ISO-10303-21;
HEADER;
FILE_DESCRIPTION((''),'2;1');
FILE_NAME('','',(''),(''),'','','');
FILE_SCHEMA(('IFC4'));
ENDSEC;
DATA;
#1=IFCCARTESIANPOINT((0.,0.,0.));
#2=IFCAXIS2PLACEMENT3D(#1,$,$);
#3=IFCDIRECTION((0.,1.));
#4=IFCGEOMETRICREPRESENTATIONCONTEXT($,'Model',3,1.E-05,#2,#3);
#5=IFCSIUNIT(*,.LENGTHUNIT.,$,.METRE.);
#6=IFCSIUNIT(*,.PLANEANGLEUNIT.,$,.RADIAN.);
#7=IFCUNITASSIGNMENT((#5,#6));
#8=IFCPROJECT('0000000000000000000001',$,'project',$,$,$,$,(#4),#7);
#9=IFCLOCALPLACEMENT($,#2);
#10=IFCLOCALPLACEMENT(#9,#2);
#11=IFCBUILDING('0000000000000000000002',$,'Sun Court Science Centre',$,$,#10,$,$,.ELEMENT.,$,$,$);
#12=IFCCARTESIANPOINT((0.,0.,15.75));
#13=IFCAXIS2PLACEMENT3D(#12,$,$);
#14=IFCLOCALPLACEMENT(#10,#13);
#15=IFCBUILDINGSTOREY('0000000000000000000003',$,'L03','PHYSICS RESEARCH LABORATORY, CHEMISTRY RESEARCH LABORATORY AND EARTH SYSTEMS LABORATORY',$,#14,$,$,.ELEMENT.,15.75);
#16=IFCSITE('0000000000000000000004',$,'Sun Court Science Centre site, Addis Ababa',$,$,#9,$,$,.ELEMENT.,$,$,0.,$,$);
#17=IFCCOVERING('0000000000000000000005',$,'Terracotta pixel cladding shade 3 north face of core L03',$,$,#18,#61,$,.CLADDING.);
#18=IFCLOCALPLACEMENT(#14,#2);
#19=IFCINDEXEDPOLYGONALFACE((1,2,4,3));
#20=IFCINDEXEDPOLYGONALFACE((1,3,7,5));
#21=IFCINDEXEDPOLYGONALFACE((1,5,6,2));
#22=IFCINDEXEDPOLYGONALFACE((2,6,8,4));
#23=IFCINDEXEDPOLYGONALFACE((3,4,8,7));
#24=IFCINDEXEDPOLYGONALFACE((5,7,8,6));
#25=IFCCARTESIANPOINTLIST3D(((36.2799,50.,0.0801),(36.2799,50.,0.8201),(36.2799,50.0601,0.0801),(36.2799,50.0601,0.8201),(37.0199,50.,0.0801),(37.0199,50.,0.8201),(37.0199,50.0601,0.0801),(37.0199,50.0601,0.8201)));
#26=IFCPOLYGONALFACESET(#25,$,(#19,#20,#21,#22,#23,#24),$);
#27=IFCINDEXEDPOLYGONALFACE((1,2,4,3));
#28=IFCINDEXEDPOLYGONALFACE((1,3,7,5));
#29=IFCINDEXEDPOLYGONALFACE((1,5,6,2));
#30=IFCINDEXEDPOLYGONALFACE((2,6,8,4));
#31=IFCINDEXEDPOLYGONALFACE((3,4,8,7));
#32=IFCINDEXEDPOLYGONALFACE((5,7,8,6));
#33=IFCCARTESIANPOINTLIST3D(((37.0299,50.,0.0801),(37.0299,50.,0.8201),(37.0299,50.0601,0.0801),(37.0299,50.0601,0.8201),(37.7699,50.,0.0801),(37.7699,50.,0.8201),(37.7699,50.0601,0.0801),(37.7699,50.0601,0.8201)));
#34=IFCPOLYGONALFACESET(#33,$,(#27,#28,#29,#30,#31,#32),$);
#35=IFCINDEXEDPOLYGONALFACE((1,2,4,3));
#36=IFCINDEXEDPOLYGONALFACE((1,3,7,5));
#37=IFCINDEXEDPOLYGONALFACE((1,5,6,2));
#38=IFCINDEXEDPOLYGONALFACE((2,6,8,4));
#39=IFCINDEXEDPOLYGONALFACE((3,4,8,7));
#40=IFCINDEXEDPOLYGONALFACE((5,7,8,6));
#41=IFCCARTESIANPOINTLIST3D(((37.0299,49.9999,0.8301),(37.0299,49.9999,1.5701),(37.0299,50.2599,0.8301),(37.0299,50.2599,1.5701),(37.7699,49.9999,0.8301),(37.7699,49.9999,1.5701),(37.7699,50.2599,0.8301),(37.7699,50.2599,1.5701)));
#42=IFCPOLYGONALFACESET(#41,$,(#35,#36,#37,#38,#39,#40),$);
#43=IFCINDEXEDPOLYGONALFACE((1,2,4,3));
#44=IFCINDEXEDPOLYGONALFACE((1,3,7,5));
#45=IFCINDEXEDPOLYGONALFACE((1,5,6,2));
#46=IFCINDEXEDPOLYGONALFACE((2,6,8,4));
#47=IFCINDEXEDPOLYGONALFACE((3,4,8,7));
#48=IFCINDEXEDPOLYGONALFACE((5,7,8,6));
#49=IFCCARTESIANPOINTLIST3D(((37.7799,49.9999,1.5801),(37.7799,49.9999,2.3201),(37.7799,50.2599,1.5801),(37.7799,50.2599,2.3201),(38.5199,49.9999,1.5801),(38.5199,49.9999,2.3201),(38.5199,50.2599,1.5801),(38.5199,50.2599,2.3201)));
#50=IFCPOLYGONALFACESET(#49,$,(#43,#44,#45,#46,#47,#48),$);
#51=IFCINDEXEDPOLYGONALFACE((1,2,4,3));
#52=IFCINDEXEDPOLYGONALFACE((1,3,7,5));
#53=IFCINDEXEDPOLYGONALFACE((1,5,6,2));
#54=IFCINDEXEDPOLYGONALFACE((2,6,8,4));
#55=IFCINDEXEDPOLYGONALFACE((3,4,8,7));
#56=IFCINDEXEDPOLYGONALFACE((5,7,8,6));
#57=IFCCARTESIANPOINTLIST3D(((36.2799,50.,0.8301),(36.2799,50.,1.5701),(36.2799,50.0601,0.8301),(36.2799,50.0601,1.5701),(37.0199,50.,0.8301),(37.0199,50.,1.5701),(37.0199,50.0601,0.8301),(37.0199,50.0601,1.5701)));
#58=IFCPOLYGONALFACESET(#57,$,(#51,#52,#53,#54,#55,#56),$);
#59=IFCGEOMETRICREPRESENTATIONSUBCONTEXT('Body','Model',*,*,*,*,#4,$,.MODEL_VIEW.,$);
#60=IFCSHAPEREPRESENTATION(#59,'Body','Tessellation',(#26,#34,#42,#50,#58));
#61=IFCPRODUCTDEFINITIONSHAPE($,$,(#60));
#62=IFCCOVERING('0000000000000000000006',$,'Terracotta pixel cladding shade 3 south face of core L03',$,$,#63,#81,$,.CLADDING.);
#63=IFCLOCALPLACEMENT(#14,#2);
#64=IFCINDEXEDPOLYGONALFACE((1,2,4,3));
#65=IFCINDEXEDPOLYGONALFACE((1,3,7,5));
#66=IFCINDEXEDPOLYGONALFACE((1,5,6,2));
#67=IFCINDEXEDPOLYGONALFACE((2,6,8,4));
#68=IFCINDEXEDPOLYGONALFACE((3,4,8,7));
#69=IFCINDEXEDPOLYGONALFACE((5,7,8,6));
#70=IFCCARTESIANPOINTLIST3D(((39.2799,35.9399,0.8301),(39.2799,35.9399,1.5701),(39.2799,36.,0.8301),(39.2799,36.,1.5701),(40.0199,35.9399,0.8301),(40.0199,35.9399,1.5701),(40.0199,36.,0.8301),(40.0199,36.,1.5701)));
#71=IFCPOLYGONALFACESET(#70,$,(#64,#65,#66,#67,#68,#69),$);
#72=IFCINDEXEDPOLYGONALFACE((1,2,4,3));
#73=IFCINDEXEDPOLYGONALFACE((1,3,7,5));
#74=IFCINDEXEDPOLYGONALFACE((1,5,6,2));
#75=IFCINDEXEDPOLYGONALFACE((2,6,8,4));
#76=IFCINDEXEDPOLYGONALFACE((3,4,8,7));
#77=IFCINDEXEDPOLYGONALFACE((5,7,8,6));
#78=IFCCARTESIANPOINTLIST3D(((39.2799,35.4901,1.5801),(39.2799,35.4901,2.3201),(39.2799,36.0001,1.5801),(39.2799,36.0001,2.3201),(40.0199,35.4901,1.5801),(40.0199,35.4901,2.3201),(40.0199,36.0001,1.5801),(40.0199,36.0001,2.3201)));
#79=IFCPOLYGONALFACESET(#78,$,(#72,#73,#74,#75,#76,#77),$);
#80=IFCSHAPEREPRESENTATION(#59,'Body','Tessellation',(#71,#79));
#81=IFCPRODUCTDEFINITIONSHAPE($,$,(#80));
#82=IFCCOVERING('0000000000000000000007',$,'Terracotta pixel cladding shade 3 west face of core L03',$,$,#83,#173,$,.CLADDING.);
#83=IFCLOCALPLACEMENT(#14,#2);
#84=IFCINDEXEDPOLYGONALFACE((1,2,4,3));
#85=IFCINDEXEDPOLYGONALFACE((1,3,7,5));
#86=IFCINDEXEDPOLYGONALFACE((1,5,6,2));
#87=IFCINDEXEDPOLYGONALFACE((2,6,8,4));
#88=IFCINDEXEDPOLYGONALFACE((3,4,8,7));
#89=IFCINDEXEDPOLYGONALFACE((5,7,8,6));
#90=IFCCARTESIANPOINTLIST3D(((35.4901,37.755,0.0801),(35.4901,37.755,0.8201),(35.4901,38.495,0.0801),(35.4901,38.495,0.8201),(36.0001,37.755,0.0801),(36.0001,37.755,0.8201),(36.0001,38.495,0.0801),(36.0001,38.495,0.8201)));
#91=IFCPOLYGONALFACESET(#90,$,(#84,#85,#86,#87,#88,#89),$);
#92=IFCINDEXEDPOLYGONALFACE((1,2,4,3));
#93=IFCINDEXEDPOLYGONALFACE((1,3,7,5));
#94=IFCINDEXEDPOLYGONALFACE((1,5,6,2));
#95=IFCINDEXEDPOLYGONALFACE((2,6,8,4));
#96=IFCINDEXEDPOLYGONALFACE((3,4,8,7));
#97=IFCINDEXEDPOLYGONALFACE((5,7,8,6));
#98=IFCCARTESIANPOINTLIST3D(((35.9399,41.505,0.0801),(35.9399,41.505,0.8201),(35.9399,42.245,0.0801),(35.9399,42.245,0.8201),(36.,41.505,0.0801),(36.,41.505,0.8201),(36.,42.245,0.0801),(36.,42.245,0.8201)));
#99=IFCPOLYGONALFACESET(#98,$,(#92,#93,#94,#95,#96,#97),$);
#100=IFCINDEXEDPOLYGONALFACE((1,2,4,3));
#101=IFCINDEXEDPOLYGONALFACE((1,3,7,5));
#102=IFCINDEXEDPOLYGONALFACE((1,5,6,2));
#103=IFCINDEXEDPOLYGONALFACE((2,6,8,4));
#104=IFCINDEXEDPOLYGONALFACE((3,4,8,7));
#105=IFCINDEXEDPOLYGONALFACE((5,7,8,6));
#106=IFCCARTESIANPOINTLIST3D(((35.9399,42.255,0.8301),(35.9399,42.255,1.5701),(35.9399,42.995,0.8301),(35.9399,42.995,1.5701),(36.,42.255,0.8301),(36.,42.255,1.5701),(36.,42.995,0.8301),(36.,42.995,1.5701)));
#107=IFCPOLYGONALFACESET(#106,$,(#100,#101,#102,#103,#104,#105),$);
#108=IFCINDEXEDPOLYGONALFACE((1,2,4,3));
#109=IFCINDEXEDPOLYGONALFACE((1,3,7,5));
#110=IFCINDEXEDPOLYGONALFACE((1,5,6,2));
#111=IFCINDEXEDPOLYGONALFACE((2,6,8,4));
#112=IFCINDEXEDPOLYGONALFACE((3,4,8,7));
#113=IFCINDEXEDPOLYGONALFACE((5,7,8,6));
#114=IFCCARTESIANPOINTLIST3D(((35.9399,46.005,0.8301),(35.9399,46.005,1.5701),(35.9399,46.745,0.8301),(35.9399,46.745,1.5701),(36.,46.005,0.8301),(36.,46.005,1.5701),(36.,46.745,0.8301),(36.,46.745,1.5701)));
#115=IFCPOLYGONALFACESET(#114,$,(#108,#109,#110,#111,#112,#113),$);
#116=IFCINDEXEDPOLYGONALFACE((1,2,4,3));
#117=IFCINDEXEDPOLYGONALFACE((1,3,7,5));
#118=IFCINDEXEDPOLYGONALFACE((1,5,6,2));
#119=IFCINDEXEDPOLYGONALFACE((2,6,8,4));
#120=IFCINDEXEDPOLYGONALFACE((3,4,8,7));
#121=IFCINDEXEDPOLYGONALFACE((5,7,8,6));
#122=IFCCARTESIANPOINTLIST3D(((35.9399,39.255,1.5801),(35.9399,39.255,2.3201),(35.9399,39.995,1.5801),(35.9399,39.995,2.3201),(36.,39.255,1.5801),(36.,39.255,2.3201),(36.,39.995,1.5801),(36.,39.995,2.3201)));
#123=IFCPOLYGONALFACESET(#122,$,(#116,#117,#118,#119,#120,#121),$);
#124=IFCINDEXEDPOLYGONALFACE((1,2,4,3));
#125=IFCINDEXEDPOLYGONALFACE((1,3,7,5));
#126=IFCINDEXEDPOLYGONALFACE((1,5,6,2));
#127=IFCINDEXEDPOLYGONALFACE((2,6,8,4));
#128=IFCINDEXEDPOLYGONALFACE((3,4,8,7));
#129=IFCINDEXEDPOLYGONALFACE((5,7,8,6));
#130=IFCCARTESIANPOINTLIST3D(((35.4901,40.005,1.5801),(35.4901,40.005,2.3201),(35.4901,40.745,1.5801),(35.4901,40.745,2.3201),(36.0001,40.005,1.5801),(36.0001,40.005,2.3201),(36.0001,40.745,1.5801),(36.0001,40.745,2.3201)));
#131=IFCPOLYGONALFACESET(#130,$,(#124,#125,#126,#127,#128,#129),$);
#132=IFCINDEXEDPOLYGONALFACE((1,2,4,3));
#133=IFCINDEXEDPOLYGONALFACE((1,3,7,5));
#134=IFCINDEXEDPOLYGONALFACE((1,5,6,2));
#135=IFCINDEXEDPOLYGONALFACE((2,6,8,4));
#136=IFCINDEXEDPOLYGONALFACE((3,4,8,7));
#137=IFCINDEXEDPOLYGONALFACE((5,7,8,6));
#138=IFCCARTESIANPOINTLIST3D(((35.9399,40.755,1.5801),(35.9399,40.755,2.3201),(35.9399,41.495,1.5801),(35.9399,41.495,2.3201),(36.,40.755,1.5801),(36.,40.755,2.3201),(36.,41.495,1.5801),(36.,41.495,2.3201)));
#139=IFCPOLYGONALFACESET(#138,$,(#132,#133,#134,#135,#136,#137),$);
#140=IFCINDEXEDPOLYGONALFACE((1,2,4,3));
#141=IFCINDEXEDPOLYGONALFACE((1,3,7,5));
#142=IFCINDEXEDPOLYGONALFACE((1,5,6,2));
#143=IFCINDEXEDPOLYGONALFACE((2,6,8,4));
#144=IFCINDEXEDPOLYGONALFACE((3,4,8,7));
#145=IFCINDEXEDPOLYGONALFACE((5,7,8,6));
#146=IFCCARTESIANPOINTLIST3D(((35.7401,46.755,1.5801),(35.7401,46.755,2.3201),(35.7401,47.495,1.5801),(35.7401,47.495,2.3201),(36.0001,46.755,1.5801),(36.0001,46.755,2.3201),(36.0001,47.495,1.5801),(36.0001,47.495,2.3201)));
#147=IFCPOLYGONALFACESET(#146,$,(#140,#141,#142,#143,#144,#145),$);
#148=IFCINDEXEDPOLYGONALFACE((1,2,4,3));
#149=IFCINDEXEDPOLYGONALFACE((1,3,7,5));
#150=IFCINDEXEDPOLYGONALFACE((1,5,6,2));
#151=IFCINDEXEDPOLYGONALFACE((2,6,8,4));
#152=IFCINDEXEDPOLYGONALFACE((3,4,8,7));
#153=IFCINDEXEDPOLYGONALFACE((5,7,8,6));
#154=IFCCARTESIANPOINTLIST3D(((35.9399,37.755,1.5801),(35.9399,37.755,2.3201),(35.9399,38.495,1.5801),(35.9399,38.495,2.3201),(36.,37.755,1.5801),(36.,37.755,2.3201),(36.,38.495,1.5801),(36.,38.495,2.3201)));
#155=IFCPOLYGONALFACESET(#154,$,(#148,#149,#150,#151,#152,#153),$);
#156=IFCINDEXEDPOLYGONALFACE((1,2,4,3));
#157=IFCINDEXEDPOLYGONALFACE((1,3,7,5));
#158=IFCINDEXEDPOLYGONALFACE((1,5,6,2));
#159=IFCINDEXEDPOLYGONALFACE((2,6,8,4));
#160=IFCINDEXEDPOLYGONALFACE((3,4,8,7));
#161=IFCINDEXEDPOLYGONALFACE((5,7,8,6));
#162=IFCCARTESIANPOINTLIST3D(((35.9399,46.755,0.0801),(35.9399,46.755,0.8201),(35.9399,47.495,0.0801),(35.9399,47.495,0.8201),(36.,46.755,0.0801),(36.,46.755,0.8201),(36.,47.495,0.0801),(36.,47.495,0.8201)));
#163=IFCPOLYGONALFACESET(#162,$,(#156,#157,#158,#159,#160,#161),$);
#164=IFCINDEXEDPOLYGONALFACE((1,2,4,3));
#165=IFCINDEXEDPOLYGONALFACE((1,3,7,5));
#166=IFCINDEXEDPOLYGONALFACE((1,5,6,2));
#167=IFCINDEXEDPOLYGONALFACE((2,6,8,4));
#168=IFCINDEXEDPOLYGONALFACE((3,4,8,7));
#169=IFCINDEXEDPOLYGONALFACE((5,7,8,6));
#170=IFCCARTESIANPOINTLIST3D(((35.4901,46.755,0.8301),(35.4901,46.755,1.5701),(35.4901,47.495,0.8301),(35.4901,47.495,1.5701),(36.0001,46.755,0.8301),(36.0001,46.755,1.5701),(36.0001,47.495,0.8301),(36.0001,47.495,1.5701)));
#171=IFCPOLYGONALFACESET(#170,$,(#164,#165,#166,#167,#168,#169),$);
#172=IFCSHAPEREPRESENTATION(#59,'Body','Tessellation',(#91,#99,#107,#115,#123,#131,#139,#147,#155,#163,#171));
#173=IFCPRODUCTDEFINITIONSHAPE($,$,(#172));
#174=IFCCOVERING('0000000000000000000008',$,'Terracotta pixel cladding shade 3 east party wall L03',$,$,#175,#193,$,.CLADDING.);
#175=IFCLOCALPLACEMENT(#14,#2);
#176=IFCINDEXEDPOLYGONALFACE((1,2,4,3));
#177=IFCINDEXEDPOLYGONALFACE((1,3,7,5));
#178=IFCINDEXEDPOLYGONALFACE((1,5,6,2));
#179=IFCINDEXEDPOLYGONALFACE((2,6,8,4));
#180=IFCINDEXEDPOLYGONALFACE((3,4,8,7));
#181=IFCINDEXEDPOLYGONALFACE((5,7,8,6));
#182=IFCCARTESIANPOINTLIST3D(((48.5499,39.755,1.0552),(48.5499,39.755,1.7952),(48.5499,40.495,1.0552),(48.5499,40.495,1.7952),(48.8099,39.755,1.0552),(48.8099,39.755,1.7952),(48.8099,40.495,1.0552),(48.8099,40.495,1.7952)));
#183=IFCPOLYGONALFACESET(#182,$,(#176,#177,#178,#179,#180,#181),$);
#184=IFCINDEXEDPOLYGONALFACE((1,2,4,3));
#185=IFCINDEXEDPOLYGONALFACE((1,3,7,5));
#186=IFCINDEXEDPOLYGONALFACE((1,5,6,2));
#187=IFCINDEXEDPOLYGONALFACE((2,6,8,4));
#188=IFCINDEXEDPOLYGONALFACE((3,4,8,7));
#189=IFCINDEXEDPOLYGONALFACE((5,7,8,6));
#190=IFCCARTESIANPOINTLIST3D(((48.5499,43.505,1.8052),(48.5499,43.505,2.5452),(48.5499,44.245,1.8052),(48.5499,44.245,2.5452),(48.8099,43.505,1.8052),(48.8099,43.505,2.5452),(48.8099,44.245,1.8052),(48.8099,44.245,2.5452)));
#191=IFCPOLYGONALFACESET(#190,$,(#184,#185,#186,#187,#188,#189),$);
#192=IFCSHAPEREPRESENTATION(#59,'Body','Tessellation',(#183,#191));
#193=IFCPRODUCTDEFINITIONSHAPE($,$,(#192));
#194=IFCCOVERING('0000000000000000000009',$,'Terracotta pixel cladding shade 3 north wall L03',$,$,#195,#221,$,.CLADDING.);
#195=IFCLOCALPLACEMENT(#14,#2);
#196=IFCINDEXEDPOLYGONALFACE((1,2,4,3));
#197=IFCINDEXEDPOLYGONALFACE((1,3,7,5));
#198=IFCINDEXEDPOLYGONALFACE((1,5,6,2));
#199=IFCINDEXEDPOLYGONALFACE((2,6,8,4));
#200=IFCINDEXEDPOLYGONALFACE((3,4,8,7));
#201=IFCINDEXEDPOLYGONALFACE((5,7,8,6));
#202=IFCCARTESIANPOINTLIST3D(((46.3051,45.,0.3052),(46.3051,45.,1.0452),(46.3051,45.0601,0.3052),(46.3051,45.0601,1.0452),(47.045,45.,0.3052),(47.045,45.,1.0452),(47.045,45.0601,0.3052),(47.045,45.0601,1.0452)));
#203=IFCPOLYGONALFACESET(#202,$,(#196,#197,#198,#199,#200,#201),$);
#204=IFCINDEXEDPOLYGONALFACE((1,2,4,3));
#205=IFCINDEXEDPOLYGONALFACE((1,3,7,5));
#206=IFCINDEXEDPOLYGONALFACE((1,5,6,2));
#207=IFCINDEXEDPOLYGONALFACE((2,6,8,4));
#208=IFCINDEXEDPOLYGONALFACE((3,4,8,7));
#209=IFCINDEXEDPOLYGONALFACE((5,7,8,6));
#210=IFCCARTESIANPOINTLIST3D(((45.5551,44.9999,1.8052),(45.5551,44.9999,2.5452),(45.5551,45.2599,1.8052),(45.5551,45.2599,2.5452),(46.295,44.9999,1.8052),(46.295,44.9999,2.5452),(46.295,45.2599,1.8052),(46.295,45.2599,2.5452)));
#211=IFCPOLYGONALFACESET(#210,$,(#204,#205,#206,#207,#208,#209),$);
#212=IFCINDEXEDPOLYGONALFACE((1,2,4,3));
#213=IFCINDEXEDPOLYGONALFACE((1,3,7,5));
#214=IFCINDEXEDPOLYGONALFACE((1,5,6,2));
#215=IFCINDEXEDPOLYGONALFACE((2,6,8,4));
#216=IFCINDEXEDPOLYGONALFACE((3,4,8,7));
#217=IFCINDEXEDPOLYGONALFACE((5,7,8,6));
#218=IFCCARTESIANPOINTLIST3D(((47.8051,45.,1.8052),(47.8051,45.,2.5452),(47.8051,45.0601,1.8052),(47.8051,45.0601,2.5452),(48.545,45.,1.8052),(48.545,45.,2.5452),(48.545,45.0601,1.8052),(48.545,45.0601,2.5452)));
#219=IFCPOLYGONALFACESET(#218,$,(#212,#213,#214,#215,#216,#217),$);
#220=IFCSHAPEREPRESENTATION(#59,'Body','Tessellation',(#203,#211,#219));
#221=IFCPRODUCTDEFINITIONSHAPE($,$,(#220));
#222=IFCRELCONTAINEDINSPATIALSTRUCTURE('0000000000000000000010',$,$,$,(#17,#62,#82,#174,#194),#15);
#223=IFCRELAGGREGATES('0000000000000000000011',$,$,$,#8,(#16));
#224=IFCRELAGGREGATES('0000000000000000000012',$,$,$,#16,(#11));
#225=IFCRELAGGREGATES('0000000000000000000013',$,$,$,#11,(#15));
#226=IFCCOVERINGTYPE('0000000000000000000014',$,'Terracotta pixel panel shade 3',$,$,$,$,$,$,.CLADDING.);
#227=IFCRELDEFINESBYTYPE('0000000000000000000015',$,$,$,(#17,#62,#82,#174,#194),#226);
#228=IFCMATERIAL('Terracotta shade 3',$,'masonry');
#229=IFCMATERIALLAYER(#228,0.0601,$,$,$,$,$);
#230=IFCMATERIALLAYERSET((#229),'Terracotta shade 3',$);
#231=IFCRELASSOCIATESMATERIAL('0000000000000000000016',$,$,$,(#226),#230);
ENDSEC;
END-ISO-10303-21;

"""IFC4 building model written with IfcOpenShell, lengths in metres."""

from ifc_helpers import new_model, si_unit, direction, frame, origin, origin_2d, place, context, subcontext, project, spatial, rectangle, extrude, material, layer, layer_set, type_object, element, save


model = new_model("IFC4")

# Units and contexts
model_context = context("Model", 3, precision=1e-05, world=origin(), true_north=direction((0.0, 1.0)))
body_context = subcontext(model_context, "Body", "Model", "MODEL_VIEW")
ifc_project = project(units=[si_unit("LENGTHUNIT", "METRE"), si_unit("PLANEANGLEUNIT", "RADIAN")], contexts=[model_context])

# Site, building, storey
site_placement = place(None, origin())
site = spatial("IfcSite", under=ifc_project, at=site_placement, Name="Sun Court Science Centre site, Addis Ababa", CompositionType="ELEMENT", RefElevation=0.0)
building_placement = place(site_placement, origin())
building = spatial("IfcBuilding", under=site, at=building_placement, Name="Sun Court Science Centre", CompositionType="ELEMENT")
storey_placement = place(building_placement, frame((0.0, 0.0, 15.75)))
storey = spatial("IfcBuildingStorey", under=building, at=storey_placement, Name="L03", Description="PHYSICS RESEARCH LABORATORY, CHEMISTRY RESEARCH LABORATORY AND EARTH SYSTEMS LABORATORY", CompositionType="ELEMENT", Elevation=15.75)

# Coverings
ifc_material_1 = material(Name="Terracotta shade 3", Category="masonry")
ifc_layer_1 = layer(ifc_material_1, 0.0601)
ifc_layer_set_1 = layer_set([ifc_layer_1], Name="Terracotta shade 3")
covering_type_1 = type_object("IfcCoveringType", Name="Terracotta pixel panel shade 3", PredefinedType="CLADDING", material=ifc_layer_set_1)
covering_1_placement = place(storey_placement, frame((0.0, 0.0, -15.75)))
element("IfcCovering", 1, at=covering_1_placement, inside=storey, type_object=covering_type_1, Name="Terracotta pixel cladding shade 3 north face of core L03", PredefinedType="CLADDING", context=body_context, shape_type="SweptSolid", body=[
    extrude(rectangle(XDim=0.74, YDim=0.0601, at=origin_2d()), frame((36.6499, 50.03, 15.8301), z_axis=(0.0, 0.0, 1.0), x_axis=(1.0, 0.0, 0.0)), (0.0, 0.0, 1.0), 0.74),
    extrude(rectangle(XDim=0.74, YDim=0.0601, at=origin_2d()), frame((37.3999, 50.03, 15.8301), z_axis=(0.0, 0.0, 1.0), x_axis=(1.0, 0.0, 0.0)), (0.0, 0.0, 1.0), 0.74),
    extrude(rectangle(XDim=0.74, YDim=0.26, at=origin_2d()), frame((37.3999, 50.1299, 16.5801), z_axis=(0.0, 0.0, 1.0), x_axis=(1.0, 0.0, 0.0)), (0.0, 0.0, 1.0), 0.74),
    extrude(rectangle(XDim=0.74, YDim=0.26, at=origin_2d()), frame((38.1499, 50.1299, 17.3301), z_axis=(0.0, 0.0, 1.0), x_axis=(1.0, 0.0, 0.0)), (0.0, 0.0, 1.0), 0.74),
    extrude(rectangle(XDim=0.74, YDim=0.0601, at=origin_2d()), frame((36.6499, 50.03, 16.5801), z_axis=(0.0, 0.0, 1.0), x_axis=(1.0, 0.0, 0.0)), (0.0, 0.0, 1.0), 0.74),
])
covering_2_placement = place(storey_placement, frame((0.0, 0.0, -15.75)))
element("IfcCovering", 2, at=covering_2_placement, inside=storey, type_object=covering_type_1, Name="Terracotta pixel cladding shade 3 south face of core L03", PredefinedType="CLADDING", context=body_context, shape_type="SweptSolid", body=[
    extrude(rectangle(XDim=0.74, YDim=0.0601, at=origin_2d()), frame((39.6499, 35.97, 16.5801), z_axis=(0.0, 0.0, 1.0), x_axis=(-1.0, 0.0, 0.0)), (0.0, 0.0, 1.0), 0.74),
    extrude(rectangle(XDim=0.74, YDim=0.51, at=origin_2d()), frame((39.6499, 35.7451, 17.3301), z_axis=(0.0, 0.0, 1.0), x_axis=(-1.0, 0.0, 0.0)), (0.0, 0.0, 1.0), 0.74),
])
covering_3_placement = place(storey_placement, frame((0.0, 0.0, -15.75)))
element("IfcCovering", 3, at=covering_3_placement, inside=storey, type_object=covering_type_1, Name="Terracotta pixel cladding shade 3 west face of core L03", PredefinedType="CLADDING", context=body_context, shape_type="SweptSolid", body=[
    extrude(rectangle(XDim=0.74, YDim=0.51, at=origin_2d()), frame((35.7451, 38.125, 15.8301), z_axis=(0.0, 0.0, 1.0), x_axis=(0.0, 1.0, 0.0)), (0.0, 0.0, 1.0), 0.74),
    extrude(rectangle(XDim=0.74, YDim=0.0601, at=origin_2d()), frame((35.97, 41.875, 15.8301), z_axis=(0.0, 0.0, 1.0), x_axis=(0.0, 1.0, 0.0)), (0.0, 0.0, 1.0), 0.74),
    extrude(rectangle(XDim=0.74, YDim=0.0601, at=origin_2d()), frame((35.97, 42.625, 16.5801), z_axis=(0.0, 0.0, 1.0), x_axis=(0.0, 1.0, 0.0)), (0.0, 0.0, 1.0), 0.74),
    extrude(rectangle(XDim=0.74, YDim=0.0601, at=origin_2d()), frame((35.97, 46.375, 16.5801), z_axis=(0.0, 0.0, 1.0), x_axis=(0.0, 1.0, 0.0)), (0.0, 0.0, 1.0), 0.74),
    extrude(rectangle(XDim=0.74, YDim=0.0601, at=origin_2d()), frame((35.97, 39.625, 17.3301), z_axis=(0.0, 0.0, 1.0), x_axis=(0.0, 1.0, 0.0)), (0.0, 0.0, 1.0), 0.74),
    extrude(rectangle(XDim=0.74, YDim=0.51, at=origin_2d()), frame((35.7451, 40.375, 17.3301), z_axis=(0.0, 0.0, 1.0), x_axis=(0.0, 1.0, 0.0)), (0.0, 0.0, 1.0), 0.74),
    extrude(rectangle(XDim=0.74, YDim=0.0601, at=origin_2d()), frame((35.97, 41.125, 17.3301), z_axis=(0.0, 0.0, 1.0), x_axis=(0.0, 1.0, 0.0)), (0.0, 0.0, 1.0), 0.74),
    extrude(rectangle(XDim=0.74, YDim=0.26, at=origin_2d()), frame((35.8701, 47.125, 17.3301), z_axis=(0.0, 0.0, 1.0), x_axis=(0.0, 1.0, 0.0)), (0.0, 0.0, 1.0), 0.74),
    extrude(rectangle(XDim=0.74, YDim=0.0601, at=origin_2d()), frame((35.97, 38.125, 17.3301), z_axis=(0.0, 0.0, 1.0), x_axis=(0.0, 1.0, 0.0)), (0.0, 0.0, 1.0), 0.74),
    extrude(rectangle(XDim=0.74, YDim=0.0601, at=origin_2d()), frame((35.97, 47.125, 15.8301), z_axis=(0.0, 0.0, 1.0), x_axis=(0.0, 1.0, 0.0)), (0.0, 0.0, 1.0), 0.74),
    extrude(rectangle(XDim=0.74, YDim=0.51, at=origin_2d()), frame((35.7451, 47.125, 16.5801), z_axis=(0.0, 0.0, 1.0), x_axis=(0.0, 1.0, 0.0)), (0.0, 0.0, 1.0), 0.74),
])
covering_4_placement = place(storey_placement, frame((0.0, 0.0, -15.75)))
element("IfcCovering", 4, at=covering_4_placement, inside=storey, type_object=covering_type_1, Name="Terracotta pixel cladding shade 3 east party wall L03", PredefinedType="CLADDING", context=body_context, shape_type="SweptSolid", body=[
    extrude(rectangle(XDim=0.74, YDim=0.26, at=origin_2d()), frame((48.6799, 40.125, 16.8052), z_axis=(0.0, 0.0, 1.0), x_axis=(0.0, -1.0, 0.0)), (0.0, 0.0, 1.0), 0.74),
    extrude(rectangle(XDim=0.74, YDim=0.26, at=origin_2d()), frame((48.6799, 43.875, 17.5552), z_axis=(0.0, 0.0, 1.0), x_axis=(0.0, -1.0, 0.0)), (0.0, 0.0, 1.0), 0.74),
])
covering_5_placement = place(storey_placement, frame((0.0, 0.0, -15.75)))
element("IfcCovering", 5, at=covering_5_placement, inside=storey, type_object=covering_type_1, Name="Terracotta pixel cladding shade 3 north wall L03", PredefinedType="CLADDING", context=body_context, shape_type="SweptSolid", body=[
    extrude(rectangle(XDim=0.74, YDim=0.0601, at=origin_2d()), frame((46.675, 45.03, 16.0552), z_axis=(0.0, 0.0, 1.0), x_axis=(1.0, 0.0, 0.0)), (0.0, 0.0, 1.0), 0.74),
    extrude(rectangle(XDim=0.74, YDim=0.26, at=origin_2d()), frame((45.925, 45.1299, 17.5552), z_axis=(0.0, 0.0, 1.0), x_axis=(1.0, 0.0, 0.0)), (0.0, 0.0, 1.0), 0.74),
    extrude(rectangle(XDim=0.74, YDim=0.0601, at=origin_2d()), frame((48.175, 45.03, 17.5552), z_axis=(0.0, 0.0, 1.0), x_axis=(1.0, 0.0, 0.0)), (0.0, 0.0, 1.0), 0.74),
])

save(model, "model.ifc")
